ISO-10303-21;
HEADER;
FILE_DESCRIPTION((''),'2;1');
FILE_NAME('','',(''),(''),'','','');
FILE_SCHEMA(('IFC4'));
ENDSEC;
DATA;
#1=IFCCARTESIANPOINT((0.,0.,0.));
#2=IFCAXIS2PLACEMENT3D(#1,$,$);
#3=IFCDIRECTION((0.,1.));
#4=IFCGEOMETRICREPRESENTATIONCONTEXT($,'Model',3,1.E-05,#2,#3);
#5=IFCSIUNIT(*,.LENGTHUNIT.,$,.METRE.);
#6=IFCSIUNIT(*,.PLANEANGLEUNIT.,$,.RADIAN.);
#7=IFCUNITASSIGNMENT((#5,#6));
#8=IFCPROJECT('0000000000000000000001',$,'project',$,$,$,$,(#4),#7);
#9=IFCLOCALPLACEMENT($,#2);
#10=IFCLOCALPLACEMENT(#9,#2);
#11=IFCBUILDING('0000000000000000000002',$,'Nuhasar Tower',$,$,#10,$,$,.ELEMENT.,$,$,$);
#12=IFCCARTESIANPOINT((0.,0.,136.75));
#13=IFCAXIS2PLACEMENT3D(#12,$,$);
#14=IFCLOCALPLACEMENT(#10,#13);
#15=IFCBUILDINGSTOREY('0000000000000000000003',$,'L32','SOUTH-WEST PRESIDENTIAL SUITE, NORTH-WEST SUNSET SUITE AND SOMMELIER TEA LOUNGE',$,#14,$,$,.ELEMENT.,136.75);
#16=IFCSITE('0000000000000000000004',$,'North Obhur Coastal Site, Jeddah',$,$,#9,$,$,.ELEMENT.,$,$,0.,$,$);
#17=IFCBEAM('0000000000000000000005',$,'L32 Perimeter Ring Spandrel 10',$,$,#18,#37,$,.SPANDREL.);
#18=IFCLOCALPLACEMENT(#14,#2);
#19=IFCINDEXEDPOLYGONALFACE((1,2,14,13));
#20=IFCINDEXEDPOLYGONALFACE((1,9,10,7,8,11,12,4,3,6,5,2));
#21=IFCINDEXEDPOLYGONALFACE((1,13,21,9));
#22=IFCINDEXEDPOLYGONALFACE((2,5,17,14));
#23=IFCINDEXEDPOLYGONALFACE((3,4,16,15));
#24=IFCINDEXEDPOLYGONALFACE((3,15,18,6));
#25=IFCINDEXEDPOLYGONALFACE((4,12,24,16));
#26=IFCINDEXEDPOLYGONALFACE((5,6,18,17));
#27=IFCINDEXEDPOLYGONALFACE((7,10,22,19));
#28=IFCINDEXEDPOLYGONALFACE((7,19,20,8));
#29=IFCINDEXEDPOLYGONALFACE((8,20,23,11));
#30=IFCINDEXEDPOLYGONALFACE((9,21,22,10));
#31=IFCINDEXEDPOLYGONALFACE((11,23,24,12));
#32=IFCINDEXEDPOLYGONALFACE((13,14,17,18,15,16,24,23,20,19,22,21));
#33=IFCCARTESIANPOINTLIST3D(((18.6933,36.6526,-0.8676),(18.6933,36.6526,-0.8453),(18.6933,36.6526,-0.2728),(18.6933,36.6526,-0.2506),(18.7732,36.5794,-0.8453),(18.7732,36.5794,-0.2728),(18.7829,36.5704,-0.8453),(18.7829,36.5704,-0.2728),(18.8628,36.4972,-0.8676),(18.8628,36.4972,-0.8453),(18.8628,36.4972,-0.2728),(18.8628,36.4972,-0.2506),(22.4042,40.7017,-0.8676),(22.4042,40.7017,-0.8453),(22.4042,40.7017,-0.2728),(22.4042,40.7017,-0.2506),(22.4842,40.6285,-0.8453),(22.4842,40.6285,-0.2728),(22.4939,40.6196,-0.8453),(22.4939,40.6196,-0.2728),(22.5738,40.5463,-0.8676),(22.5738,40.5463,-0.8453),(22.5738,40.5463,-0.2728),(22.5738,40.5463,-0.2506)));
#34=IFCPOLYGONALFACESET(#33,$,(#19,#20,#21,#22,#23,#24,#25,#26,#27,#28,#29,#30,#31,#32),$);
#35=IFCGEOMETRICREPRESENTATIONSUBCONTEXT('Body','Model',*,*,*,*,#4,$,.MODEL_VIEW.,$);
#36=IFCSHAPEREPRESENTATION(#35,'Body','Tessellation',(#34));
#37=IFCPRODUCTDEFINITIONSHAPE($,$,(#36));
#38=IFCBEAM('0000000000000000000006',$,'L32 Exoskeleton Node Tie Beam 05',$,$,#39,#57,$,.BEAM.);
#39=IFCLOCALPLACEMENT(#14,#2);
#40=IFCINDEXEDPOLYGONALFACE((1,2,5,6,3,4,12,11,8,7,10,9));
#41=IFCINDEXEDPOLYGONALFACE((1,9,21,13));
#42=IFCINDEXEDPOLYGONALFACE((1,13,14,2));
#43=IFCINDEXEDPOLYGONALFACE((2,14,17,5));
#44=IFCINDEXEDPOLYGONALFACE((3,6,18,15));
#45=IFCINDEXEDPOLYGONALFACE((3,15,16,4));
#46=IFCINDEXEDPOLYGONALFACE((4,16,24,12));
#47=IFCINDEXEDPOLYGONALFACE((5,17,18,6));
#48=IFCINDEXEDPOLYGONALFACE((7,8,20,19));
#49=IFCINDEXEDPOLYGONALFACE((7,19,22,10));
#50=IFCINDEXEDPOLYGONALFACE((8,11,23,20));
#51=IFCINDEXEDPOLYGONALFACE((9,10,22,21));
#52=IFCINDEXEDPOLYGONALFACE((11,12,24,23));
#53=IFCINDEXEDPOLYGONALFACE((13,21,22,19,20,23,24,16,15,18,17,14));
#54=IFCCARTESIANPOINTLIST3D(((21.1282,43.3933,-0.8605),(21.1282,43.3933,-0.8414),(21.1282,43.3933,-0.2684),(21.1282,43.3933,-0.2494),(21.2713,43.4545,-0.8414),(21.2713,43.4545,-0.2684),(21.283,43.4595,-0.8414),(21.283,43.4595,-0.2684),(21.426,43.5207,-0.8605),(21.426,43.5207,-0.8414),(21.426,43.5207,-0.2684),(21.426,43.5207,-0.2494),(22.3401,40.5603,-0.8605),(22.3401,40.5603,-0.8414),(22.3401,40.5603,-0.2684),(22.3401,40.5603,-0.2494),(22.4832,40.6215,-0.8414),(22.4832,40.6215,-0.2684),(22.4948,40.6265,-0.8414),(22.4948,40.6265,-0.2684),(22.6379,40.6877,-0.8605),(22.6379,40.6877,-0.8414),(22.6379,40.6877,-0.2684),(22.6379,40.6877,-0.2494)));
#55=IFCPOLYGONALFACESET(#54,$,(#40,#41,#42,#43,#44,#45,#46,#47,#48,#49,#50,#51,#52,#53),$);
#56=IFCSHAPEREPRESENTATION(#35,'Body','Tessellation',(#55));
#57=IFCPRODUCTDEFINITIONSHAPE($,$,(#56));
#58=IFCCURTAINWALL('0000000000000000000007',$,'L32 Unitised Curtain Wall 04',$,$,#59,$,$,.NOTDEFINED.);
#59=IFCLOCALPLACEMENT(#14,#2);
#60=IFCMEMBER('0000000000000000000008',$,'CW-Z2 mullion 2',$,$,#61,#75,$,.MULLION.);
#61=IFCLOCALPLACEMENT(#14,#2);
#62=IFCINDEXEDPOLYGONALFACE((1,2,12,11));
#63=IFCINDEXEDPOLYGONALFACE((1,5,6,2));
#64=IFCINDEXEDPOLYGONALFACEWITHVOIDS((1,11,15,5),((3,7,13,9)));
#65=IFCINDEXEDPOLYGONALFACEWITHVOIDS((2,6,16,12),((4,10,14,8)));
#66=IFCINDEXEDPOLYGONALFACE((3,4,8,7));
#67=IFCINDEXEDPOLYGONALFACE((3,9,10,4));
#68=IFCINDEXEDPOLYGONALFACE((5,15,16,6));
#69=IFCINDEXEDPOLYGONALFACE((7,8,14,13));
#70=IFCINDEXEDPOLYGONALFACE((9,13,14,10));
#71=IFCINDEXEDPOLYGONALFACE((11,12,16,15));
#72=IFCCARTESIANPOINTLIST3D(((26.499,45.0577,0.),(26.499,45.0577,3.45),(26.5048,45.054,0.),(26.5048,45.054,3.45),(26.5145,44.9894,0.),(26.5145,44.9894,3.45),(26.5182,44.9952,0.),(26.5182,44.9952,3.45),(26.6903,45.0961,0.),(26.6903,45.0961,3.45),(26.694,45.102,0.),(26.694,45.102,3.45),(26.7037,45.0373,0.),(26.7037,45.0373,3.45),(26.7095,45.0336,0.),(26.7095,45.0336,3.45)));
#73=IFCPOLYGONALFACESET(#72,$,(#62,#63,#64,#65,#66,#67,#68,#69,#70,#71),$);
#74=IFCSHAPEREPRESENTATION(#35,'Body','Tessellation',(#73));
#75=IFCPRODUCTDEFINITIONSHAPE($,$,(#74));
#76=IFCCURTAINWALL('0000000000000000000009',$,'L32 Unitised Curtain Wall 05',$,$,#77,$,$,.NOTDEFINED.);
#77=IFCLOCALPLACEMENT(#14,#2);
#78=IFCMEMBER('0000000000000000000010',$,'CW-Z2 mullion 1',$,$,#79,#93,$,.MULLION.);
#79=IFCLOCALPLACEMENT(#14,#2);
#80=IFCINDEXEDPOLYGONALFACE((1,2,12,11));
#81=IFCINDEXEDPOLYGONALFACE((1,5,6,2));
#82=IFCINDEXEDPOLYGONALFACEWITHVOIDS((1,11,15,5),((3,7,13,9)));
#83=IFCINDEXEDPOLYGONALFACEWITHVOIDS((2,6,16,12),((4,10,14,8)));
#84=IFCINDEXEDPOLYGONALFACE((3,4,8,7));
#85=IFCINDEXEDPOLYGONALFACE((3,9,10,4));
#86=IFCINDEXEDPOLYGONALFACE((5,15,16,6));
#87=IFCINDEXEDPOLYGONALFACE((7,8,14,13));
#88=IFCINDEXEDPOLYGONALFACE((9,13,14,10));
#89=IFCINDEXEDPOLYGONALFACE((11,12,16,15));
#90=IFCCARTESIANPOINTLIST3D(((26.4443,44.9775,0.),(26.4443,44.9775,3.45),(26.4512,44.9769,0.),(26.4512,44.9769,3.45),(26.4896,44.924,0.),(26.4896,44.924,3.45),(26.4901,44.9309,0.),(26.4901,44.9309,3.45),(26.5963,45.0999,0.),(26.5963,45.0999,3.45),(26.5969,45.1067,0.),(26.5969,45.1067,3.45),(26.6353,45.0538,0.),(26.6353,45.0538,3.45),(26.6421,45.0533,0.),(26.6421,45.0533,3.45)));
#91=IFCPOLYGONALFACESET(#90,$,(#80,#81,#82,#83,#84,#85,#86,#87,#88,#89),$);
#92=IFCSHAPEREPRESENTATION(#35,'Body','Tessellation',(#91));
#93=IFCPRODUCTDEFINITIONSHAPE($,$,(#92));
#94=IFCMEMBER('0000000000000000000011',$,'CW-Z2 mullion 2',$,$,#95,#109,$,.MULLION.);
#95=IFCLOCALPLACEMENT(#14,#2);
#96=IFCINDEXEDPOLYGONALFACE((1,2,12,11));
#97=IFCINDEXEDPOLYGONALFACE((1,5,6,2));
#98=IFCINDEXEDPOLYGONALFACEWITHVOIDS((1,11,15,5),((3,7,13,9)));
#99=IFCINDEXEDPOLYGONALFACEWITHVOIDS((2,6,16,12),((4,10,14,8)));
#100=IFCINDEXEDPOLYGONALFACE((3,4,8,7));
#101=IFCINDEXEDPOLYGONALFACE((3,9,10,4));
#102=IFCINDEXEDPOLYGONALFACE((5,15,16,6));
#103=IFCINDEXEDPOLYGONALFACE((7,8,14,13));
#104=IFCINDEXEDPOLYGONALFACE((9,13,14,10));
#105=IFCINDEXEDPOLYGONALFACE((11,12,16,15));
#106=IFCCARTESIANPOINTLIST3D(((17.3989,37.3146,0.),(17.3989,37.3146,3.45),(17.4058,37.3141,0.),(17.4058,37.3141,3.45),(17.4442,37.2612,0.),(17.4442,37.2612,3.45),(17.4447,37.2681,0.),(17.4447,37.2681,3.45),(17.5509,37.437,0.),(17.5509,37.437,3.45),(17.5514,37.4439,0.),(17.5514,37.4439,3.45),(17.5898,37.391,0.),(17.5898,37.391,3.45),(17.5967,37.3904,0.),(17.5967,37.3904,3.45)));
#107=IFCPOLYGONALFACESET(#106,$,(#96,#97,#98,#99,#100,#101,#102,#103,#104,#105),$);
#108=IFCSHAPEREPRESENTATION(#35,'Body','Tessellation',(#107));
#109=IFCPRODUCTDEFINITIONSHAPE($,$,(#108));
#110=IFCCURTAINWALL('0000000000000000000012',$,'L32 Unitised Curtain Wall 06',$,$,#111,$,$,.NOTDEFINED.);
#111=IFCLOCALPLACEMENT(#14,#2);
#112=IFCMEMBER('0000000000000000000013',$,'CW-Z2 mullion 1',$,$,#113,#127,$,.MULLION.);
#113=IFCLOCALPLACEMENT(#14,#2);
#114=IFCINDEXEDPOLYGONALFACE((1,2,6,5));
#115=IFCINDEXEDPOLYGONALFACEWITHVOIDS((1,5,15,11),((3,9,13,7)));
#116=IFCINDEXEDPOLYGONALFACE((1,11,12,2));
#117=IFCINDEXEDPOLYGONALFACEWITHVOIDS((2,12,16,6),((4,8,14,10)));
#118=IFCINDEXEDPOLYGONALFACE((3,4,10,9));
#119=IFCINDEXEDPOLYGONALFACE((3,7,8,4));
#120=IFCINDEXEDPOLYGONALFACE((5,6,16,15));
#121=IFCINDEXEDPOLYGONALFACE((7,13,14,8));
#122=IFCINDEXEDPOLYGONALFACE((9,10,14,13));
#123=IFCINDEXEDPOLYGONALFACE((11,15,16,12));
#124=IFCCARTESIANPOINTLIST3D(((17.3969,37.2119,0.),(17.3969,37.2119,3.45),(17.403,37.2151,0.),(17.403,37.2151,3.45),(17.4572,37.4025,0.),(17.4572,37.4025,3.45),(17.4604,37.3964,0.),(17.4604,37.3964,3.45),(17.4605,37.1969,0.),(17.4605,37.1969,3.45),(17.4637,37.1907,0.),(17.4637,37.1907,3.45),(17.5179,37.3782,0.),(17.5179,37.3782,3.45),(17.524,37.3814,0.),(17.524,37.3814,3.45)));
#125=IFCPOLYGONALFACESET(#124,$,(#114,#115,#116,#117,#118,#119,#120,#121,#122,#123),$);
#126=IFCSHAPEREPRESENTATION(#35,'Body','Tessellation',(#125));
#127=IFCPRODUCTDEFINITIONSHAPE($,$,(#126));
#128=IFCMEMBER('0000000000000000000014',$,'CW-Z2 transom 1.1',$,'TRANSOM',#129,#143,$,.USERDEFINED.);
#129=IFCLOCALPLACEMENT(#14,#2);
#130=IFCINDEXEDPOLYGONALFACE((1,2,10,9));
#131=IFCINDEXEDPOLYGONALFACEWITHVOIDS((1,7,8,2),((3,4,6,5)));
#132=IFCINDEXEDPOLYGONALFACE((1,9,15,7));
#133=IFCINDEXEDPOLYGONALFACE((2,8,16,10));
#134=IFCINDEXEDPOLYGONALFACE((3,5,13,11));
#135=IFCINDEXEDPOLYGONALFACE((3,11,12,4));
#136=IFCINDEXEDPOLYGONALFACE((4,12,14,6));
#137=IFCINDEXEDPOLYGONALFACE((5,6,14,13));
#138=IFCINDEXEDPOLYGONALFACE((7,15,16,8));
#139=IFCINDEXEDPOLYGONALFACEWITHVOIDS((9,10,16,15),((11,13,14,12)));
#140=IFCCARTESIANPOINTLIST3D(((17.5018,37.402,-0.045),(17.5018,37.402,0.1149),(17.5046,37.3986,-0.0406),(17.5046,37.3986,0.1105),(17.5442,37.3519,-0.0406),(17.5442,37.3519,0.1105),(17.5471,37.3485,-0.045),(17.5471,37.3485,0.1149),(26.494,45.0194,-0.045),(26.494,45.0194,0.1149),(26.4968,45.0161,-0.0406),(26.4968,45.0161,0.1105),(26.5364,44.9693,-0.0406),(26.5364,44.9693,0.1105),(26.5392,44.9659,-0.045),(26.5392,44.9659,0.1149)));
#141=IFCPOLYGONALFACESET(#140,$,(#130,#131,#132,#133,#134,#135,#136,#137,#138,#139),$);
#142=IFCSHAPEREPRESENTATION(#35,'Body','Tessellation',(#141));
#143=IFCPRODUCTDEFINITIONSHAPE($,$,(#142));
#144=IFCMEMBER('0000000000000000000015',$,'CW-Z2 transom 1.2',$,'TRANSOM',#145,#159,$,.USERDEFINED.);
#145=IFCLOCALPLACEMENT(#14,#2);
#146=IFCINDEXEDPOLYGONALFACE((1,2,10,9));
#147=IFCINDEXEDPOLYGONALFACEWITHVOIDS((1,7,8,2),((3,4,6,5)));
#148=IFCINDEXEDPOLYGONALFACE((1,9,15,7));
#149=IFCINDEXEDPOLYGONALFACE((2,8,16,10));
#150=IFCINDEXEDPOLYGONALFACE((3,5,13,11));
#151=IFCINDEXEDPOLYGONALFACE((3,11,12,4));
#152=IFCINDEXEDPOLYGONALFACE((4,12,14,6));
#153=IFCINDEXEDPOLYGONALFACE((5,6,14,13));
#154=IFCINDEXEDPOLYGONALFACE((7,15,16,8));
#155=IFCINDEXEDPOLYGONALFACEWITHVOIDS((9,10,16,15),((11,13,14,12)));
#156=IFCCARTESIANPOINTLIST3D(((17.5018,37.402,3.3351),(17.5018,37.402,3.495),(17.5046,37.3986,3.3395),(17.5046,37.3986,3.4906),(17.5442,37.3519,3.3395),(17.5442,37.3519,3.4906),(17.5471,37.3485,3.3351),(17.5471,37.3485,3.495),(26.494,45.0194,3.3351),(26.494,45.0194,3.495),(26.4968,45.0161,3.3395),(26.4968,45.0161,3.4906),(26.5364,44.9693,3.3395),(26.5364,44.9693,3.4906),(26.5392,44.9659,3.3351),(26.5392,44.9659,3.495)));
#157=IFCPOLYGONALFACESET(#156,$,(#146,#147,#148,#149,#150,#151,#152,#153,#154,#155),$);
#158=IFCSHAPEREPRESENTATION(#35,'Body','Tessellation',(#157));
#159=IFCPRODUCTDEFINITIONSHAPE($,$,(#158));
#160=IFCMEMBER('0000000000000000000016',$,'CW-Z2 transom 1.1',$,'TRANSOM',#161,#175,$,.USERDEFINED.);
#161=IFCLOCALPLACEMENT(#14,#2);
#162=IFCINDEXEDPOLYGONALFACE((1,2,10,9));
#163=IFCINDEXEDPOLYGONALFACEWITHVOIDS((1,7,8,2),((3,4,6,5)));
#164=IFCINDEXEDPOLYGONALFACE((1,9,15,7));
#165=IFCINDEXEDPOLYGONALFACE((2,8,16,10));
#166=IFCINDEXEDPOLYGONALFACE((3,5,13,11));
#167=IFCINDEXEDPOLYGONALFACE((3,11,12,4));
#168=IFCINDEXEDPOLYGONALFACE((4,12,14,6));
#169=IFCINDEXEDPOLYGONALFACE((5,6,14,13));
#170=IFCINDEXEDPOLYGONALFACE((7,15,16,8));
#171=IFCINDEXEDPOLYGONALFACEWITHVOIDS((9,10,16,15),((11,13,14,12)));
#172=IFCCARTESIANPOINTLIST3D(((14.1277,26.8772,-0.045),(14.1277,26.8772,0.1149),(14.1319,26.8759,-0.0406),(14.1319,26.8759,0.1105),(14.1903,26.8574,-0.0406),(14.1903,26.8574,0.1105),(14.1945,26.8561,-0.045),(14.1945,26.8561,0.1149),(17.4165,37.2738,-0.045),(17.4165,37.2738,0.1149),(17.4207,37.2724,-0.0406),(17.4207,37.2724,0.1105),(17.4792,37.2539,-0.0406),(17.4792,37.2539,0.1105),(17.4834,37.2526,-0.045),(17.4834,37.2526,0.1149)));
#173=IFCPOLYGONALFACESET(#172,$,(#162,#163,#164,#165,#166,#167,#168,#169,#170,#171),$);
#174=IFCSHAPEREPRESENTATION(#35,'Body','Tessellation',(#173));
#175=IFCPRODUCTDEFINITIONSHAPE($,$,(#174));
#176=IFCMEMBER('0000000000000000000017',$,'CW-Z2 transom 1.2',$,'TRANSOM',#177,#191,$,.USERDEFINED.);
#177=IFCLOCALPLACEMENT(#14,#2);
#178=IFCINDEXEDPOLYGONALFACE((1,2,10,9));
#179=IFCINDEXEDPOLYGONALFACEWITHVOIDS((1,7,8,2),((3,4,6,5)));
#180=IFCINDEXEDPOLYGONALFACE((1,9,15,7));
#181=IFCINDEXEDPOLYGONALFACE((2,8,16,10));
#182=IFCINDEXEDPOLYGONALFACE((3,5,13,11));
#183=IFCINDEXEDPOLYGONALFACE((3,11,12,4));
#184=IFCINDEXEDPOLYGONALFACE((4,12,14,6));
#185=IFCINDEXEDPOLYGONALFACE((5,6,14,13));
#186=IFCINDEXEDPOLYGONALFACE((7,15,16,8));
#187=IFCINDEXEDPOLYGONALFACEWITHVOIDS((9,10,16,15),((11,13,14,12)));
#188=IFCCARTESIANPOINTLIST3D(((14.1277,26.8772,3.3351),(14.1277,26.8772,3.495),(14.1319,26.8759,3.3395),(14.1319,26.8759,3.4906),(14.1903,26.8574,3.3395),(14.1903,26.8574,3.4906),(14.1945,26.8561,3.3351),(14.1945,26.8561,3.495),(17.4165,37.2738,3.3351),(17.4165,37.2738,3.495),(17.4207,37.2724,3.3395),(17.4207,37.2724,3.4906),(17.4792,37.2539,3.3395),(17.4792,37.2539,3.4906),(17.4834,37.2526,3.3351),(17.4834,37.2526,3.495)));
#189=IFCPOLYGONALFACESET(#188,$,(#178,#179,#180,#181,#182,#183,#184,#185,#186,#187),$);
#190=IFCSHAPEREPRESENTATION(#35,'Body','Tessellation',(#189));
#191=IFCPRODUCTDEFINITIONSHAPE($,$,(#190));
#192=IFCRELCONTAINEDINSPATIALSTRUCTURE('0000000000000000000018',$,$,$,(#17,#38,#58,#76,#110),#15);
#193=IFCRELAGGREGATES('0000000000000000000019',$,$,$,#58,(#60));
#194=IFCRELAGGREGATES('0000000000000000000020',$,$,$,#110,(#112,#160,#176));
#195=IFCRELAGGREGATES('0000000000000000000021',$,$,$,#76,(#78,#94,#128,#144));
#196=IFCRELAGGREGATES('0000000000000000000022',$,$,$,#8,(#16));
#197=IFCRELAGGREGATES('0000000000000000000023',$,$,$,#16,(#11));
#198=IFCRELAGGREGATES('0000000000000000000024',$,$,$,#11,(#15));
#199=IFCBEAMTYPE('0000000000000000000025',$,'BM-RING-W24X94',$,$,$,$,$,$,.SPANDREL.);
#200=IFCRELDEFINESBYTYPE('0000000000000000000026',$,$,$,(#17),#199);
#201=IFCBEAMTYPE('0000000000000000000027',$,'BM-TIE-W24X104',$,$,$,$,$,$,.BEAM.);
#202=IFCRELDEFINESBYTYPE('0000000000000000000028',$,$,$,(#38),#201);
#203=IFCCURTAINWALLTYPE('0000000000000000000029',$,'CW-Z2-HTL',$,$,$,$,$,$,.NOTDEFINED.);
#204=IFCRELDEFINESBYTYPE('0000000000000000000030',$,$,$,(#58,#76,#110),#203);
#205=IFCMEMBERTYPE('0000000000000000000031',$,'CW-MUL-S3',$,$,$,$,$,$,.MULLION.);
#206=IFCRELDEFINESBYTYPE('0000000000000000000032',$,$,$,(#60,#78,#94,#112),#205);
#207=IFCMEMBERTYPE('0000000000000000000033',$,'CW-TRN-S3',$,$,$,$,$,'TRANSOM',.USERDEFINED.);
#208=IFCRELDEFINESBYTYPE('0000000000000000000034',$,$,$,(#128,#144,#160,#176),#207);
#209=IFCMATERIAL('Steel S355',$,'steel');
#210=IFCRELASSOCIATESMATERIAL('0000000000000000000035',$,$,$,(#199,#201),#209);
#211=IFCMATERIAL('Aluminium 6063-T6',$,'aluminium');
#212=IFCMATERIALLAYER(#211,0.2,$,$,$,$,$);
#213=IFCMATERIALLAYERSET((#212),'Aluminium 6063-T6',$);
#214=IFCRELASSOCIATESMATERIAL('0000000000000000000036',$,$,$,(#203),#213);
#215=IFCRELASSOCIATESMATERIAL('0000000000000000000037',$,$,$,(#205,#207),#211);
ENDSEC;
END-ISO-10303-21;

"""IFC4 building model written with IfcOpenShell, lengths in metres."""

from ifc_helpers import new_model, si_unit, direction, frame, origin, origin_2d, place, context, subcontext, project, spatial, hollow_rectangle, i_section, extrude, material, layer, layer_set, material_profile, profile_set, type_object, element, aggregate, save


model = new_model("IFC4")

# Units and contexts
model_context = context("Model", 3, precision=1e-05, world=origin(), true_north=direction((0.0, 1.0)))
body_context = subcontext(model_context, "Body", "Model", "MODEL_VIEW")
ifc_project = project(units=[si_unit("LENGTHUNIT", "METRE"), si_unit("PLANEANGLEUNIT", "RADIAN")], contexts=[model_context])

# Site, building, storey
site_placement = place(None, origin())
site = spatial("IfcSite", under=ifc_project, at=site_placement, Name="North Obhur Coastal Site, Jeddah", CompositionType="ELEMENT", RefElevation=0.0)
building_placement = place(site_placement, origin())
building = spatial("IfcBuilding", under=site, at=building_placement, Name="Nuhasar Tower", CompositionType="ELEMENT")
storey_placement = place(building_placement, frame((0.0, 0.0, 136.75)))
storey = spatial("IfcBuildingStorey", under=building, at=storey_placement, Name="L32", Description="SOUTH-WEST PRESIDENTIAL SUITE, NORTH-WEST SUNSET SUITE AND SOMMELIER TEA LOUNGE", CompositionType="ELEMENT", Elevation=136.75)

# Beams
ifc_material_1 = material(Name="Steel S355", Category="steel")
ifc_material_profile_1 = material_profile(ifc_material_1, i_section(OverallWidth=0.23, OverallDepth=0.6169, WebThickness=0.0132, FlangeThickness=0.0222, at=origin_2d()), Name="W24X94")
ifc_profile_set_1 = profile_set([ifc_material_profile_1], Name="Steel S355")
beam_type_1 = type_object("IfcBeamType", Name="BM-RING-W24X94", PredefinedType="SPANDREL", material=ifc_profile_set_1)
beam_1_placement = place(storey_placement, frame((22.489, 40.624, -0.5591), z_axis=(-0.675654, -0.737219, 0.0), x_axis=(0.737219, -0.675654, 0.0)))
element("IfcBeam", 1, at=beam_1_placement, inside=storey, type_object=beam_type_1, Name="L32 Perimeter Ring Spandrel 10", PredefinedType="SPANDREL", context=body_context, shape_type="SweptSolid", body=[
    extrude(i_section(OverallWidth=0.23, OverallDepth=0.6169, WebThickness=0.0132, FlangeThickness=0.0222, at=origin_2d()), origin(), (0.0, 0.0, 1.0), 5.4924),
])
ifc_material_profile_2 = material_profile(ifc_material_1, i_section(OverallWidth=0.324, OverallDepth=0.6111, WebThickness=0.0127, FlangeThickness=0.019, at=origin_2d()), Name="W24X104")
ifc_profile_set_2 = profile_set([ifc_material_profile_2], Name="Steel S355")
beam_type_2 = type_object("IfcBeamType", Name="BM-TIE-W24X104", PredefinedType="BEAM", material=ifc_profile_set_2)
beam_2_placement = place(storey_placement, frame((22.489, 40.624, -0.5549), z_axis=(-0.393307, 0.919407, 0.0), x_axis=(-0.919407, -0.393307, 0.0)))
element("IfcBeam", 2, at=beam_2_placement, inside=storey, type_object=beam_type_2, Name="L32 Exoskeleton Node Tie Beam 05", PredefinedType="BEAM", context=body_context, shape_type="SweptSolid", body=[
    extrude(i_section(OverallWidth=0.324, OverallDepth=0.6111, WebThickness=0.0127, FlangeThickness=0.019, at=origin_2d()), origin(), (0.0, 0.0, 1.0), 3.0813),
])

# Curtain wall, member
ifc_material_2 = material(Name="Aluminium 6063-T6", Category="aluminium")
ifc_layer_1 = layer(ifc_material_2, 0.2)
ifc_layer_set_1 = layer_set([ifc_layer_1], Name="Aluminium 6063-T6")
curtain_wall_type = type_object("IfcCurtainWallType", Name="CW-Z2-HTL", PredefinedType="NOTDEFINED", material=ifc_layer_set_1)
curtain_wall_1_placement = place(storey_placement, origin())
curtain_wall_1 = element("IfcCurtainWall", 3, at=curtain_wall_1_placement, inside=storey, type_object=curtain_wall_type, Name="L32 Unitised Curtain Wall 04", PredefinedType="NOTDEFINED")
ifc_material_profile_3 = material_profile(ifc_material_2, hollow_rectangle(XDim=0.0701, YDim=0.2, WallThickness=0.0049, at=origin_2d()), Name="CWM-3")
ifc_profile_set_3 = profile_set([ifc_material_profile_3], Name="Aluminium 6063-T6")
member_type_1 = type_object("IfcMemberType", Name="CW-MUL-S3", PredefinedType="MULLION", material=ifc_profile_set_3)
member_1_placement = place(storey_placement, frame((26.6042, 45.0457, 0.0), z_axis=(0.0, 0.0, 1.0), x_axis=(0.221397, -0.975184, 0.0)))
member_1 = element("IfcMember", 4, at=member_1_placement, type_object=member_type_1, Name="CW-Z2 mullion 2", PredefinedType="MULLION", context=body_context, shape_type="SweptSolid", body=[
    extrude(hollow_rectangle(XDim=0.0701, YDim=0.2, WallThickness=0.0049, at=origin_2d()), origin(), (0.0, 0.0, 1.0), 3.45),
])
aggregate(curtain_wall_1, [member_1])

# Curtain wall, members
curtain_wall_2_placement = place(storey_placement, origin())
curtain_wall_2 = element("IfcCurtainWall", 5, at=curtain_wall_2_placement, inside=storey, type_object=curtain_wall_type, Name="L32 Unitised Curtain Wall 05", PredefinedType="NOTDEFINED")
member_2_placement = place(storey_placement, frame((26.5432, 45.0154, 0.0), z_axis=(0.0, 0.0, 1.0), x_axis=(0.646374, -0.76302, 0.0)))
member_2 = element("IfcMember", 6, at=member_2_placement, type_object=member_type_1, Name="CW-Z2 mullion 1", PredefinedType="MULLION", context=body_context, shape_type="SweptSolid", body=[
    extrude(hollow_rectangle(XDim=0.0701, YDim=0.2, WallThickness=0.0049, at=origin_2d()), origin(), (0.0, 0.0, 1.0), 3.45),
])
member_3_placement = place(storey_placement, frame((17.4978, 37.3525, 0.0), z_axis=(0.0, 0.0, 1.0), x_axis=(0.646374, -0.76302, 0.0)))
member_3 = element("IfcMember", 7, at=member_3_placement, type_object=member_type_1, Name="CW-Z2 mullion 2", PredefinedType="MULLION", context=body_context, shape_type="SweptSolid", body=[
    extrude(hollow_rectangle(XDim=0.0701, YDim=0.2, WallThickness=0.0049, at=origin_2d()), origin(), (0.0, 0.0, 1.0), 3.45),
])

# Curtain wall, member
curtain_wall_3_placement = place(storey_placement, origin())
curtain_wall_3 = element("IfcCurtainWall", 8, at=curtain_wall_3_placement, inside=storey, type_object=curtain_wall_type, Name="L32 Unitised Curtain Wall 06", PredefinedType="NOTDEFINED")
member_4_placement = place(storey_placement, frame((17.4604, 37.2966, 0.0), z_axis=(0.0, 0.0, 1.0), x_axis=(0.953433, -0.301604, 0.0)))
member_4 = element("IfcMember", 9, at=member_4_placement, type_object=member_type_1, Name="CW-Z2 mullion 1", PredefinedType="MULLION", context=body_context, shape_type="SweptSolid", body=[
    extrude(hollow_rectangle(XDim=0.0701, YDim=0.2, WallThickness=0.0049, at=origin_2d()), origin(), (0.0, 0.0, 1.0), 3.45),
])

# Members
ifc_material_profile_4 = material_profile(ifc_material_2, hollow_rectangle(XDim=0.0701, YDim=0.1599, WallThickness=0.0044, at=origin_2d()), Name="CWT-3")
ifc_profile_set_4 = profile_set([ifc_material_profile_4], Name="Aluminium 6063-T6")
member_type_2 = type_object("IfcMemberType", Name="CW-TRN-S3", ElementType="TRANSOM", PredefinedType="USERDEFINED", material=ifc_profile_set_4)
member_5_placement = place(storey_placement, frame((26.5166, 44.9927, 0.0349), z_axis=(-0.763024, -0.64637, 0.0), x_axis=(0.64637, -0.763024, 0.0)))
member_5 = element("IfcMember", 10, at=member_5_placement, type_object=member_type_2, Name="CW-Z2 transom 1.1", ObjectType="TRANSOM", PredefinedType="USERDEFINED", context=body_context, shape_type="SweptSolid", body=[
    extrude(hollow_rectangle(XDim=0.0701, YDim=0.1599, WallThickness=0.0044, at=origin_2d()), origin(), (0.0, 0.0, 1.0), 11.7849),
])
member_6_placement = place(storey_placement, frame((26.5166, 44.9927, 3.415), z_axis=(-0.763024, -0.64637, 0.0), x_axis=(0.64637, -0.763024, 0.0)))
member_6 = element("IfcMember", 11, at=member_6_placement, type_object=member_type_2, Name="CW-Z2 transom 1.2", ObjectType="TRANSOM", PredefinedType="USERDEFINED", context=body_context, shape_type="SweptSolid", body=[
    extrude(hollow_rectangle(XDim=0.0701, YDim=0.1599, WallThickness=0.0044, at=origin_2d()), origin(), (0.0, 0.0, 1.0), 11.7849),
])
member_7_placement = place(storey_placement, frame((17.45, 37.2632, 0.0349), z_axis=(-0.301608, -0.953432, 0.0), x_axis=(0.953432, -0.301608, 0.0)))
member_7 = element("IfcMember", 12, at=member_7_placement, type_object=member_type_2, Name="CW-Z2 transom 1.1", ObjectType="TRANSOM", PredefinedType="USERDEFINED", context=body_context, shape_type="SweptSolid", body=[
    extrude(hollow_rectangle(XDim=0.0701, YDim=0.1599, WallThickness=0.0044, at=origin_2d()), origin(), (0.0, 0.0, 1.0), 10.9043),
])
member_8_placement = place(storey_placement, frame((17.45, 37.2632, 3.415), z_axis=(-0.301608, -0.953432, 0.0), x_axis=(0.953432, -0.301608, 0.0)))
member_8 = element("IfcMember", 13, at=member_8_placement, type_object=member_type_2, Name="CW-Z2 transom 1.2", ObjectType="TRANSOM", PredefinedType="USERDEFINED", context=body_context, shape_type="SweptSolid", body=[
    extrude(hollow_rectangle(XDim=0.0701, YDim=0.1599, WallThickness=0.0044, at=origin_2d()), origin(), (0.0, 0.0, 1.0), 10.9043),
])
aggregate(curtain_wall_3, [member_4, member_7, member_8])

aggregate(curtain_wall_2, [member_2, member_3, member_5, member_6])

save(model, "model.ifc")
